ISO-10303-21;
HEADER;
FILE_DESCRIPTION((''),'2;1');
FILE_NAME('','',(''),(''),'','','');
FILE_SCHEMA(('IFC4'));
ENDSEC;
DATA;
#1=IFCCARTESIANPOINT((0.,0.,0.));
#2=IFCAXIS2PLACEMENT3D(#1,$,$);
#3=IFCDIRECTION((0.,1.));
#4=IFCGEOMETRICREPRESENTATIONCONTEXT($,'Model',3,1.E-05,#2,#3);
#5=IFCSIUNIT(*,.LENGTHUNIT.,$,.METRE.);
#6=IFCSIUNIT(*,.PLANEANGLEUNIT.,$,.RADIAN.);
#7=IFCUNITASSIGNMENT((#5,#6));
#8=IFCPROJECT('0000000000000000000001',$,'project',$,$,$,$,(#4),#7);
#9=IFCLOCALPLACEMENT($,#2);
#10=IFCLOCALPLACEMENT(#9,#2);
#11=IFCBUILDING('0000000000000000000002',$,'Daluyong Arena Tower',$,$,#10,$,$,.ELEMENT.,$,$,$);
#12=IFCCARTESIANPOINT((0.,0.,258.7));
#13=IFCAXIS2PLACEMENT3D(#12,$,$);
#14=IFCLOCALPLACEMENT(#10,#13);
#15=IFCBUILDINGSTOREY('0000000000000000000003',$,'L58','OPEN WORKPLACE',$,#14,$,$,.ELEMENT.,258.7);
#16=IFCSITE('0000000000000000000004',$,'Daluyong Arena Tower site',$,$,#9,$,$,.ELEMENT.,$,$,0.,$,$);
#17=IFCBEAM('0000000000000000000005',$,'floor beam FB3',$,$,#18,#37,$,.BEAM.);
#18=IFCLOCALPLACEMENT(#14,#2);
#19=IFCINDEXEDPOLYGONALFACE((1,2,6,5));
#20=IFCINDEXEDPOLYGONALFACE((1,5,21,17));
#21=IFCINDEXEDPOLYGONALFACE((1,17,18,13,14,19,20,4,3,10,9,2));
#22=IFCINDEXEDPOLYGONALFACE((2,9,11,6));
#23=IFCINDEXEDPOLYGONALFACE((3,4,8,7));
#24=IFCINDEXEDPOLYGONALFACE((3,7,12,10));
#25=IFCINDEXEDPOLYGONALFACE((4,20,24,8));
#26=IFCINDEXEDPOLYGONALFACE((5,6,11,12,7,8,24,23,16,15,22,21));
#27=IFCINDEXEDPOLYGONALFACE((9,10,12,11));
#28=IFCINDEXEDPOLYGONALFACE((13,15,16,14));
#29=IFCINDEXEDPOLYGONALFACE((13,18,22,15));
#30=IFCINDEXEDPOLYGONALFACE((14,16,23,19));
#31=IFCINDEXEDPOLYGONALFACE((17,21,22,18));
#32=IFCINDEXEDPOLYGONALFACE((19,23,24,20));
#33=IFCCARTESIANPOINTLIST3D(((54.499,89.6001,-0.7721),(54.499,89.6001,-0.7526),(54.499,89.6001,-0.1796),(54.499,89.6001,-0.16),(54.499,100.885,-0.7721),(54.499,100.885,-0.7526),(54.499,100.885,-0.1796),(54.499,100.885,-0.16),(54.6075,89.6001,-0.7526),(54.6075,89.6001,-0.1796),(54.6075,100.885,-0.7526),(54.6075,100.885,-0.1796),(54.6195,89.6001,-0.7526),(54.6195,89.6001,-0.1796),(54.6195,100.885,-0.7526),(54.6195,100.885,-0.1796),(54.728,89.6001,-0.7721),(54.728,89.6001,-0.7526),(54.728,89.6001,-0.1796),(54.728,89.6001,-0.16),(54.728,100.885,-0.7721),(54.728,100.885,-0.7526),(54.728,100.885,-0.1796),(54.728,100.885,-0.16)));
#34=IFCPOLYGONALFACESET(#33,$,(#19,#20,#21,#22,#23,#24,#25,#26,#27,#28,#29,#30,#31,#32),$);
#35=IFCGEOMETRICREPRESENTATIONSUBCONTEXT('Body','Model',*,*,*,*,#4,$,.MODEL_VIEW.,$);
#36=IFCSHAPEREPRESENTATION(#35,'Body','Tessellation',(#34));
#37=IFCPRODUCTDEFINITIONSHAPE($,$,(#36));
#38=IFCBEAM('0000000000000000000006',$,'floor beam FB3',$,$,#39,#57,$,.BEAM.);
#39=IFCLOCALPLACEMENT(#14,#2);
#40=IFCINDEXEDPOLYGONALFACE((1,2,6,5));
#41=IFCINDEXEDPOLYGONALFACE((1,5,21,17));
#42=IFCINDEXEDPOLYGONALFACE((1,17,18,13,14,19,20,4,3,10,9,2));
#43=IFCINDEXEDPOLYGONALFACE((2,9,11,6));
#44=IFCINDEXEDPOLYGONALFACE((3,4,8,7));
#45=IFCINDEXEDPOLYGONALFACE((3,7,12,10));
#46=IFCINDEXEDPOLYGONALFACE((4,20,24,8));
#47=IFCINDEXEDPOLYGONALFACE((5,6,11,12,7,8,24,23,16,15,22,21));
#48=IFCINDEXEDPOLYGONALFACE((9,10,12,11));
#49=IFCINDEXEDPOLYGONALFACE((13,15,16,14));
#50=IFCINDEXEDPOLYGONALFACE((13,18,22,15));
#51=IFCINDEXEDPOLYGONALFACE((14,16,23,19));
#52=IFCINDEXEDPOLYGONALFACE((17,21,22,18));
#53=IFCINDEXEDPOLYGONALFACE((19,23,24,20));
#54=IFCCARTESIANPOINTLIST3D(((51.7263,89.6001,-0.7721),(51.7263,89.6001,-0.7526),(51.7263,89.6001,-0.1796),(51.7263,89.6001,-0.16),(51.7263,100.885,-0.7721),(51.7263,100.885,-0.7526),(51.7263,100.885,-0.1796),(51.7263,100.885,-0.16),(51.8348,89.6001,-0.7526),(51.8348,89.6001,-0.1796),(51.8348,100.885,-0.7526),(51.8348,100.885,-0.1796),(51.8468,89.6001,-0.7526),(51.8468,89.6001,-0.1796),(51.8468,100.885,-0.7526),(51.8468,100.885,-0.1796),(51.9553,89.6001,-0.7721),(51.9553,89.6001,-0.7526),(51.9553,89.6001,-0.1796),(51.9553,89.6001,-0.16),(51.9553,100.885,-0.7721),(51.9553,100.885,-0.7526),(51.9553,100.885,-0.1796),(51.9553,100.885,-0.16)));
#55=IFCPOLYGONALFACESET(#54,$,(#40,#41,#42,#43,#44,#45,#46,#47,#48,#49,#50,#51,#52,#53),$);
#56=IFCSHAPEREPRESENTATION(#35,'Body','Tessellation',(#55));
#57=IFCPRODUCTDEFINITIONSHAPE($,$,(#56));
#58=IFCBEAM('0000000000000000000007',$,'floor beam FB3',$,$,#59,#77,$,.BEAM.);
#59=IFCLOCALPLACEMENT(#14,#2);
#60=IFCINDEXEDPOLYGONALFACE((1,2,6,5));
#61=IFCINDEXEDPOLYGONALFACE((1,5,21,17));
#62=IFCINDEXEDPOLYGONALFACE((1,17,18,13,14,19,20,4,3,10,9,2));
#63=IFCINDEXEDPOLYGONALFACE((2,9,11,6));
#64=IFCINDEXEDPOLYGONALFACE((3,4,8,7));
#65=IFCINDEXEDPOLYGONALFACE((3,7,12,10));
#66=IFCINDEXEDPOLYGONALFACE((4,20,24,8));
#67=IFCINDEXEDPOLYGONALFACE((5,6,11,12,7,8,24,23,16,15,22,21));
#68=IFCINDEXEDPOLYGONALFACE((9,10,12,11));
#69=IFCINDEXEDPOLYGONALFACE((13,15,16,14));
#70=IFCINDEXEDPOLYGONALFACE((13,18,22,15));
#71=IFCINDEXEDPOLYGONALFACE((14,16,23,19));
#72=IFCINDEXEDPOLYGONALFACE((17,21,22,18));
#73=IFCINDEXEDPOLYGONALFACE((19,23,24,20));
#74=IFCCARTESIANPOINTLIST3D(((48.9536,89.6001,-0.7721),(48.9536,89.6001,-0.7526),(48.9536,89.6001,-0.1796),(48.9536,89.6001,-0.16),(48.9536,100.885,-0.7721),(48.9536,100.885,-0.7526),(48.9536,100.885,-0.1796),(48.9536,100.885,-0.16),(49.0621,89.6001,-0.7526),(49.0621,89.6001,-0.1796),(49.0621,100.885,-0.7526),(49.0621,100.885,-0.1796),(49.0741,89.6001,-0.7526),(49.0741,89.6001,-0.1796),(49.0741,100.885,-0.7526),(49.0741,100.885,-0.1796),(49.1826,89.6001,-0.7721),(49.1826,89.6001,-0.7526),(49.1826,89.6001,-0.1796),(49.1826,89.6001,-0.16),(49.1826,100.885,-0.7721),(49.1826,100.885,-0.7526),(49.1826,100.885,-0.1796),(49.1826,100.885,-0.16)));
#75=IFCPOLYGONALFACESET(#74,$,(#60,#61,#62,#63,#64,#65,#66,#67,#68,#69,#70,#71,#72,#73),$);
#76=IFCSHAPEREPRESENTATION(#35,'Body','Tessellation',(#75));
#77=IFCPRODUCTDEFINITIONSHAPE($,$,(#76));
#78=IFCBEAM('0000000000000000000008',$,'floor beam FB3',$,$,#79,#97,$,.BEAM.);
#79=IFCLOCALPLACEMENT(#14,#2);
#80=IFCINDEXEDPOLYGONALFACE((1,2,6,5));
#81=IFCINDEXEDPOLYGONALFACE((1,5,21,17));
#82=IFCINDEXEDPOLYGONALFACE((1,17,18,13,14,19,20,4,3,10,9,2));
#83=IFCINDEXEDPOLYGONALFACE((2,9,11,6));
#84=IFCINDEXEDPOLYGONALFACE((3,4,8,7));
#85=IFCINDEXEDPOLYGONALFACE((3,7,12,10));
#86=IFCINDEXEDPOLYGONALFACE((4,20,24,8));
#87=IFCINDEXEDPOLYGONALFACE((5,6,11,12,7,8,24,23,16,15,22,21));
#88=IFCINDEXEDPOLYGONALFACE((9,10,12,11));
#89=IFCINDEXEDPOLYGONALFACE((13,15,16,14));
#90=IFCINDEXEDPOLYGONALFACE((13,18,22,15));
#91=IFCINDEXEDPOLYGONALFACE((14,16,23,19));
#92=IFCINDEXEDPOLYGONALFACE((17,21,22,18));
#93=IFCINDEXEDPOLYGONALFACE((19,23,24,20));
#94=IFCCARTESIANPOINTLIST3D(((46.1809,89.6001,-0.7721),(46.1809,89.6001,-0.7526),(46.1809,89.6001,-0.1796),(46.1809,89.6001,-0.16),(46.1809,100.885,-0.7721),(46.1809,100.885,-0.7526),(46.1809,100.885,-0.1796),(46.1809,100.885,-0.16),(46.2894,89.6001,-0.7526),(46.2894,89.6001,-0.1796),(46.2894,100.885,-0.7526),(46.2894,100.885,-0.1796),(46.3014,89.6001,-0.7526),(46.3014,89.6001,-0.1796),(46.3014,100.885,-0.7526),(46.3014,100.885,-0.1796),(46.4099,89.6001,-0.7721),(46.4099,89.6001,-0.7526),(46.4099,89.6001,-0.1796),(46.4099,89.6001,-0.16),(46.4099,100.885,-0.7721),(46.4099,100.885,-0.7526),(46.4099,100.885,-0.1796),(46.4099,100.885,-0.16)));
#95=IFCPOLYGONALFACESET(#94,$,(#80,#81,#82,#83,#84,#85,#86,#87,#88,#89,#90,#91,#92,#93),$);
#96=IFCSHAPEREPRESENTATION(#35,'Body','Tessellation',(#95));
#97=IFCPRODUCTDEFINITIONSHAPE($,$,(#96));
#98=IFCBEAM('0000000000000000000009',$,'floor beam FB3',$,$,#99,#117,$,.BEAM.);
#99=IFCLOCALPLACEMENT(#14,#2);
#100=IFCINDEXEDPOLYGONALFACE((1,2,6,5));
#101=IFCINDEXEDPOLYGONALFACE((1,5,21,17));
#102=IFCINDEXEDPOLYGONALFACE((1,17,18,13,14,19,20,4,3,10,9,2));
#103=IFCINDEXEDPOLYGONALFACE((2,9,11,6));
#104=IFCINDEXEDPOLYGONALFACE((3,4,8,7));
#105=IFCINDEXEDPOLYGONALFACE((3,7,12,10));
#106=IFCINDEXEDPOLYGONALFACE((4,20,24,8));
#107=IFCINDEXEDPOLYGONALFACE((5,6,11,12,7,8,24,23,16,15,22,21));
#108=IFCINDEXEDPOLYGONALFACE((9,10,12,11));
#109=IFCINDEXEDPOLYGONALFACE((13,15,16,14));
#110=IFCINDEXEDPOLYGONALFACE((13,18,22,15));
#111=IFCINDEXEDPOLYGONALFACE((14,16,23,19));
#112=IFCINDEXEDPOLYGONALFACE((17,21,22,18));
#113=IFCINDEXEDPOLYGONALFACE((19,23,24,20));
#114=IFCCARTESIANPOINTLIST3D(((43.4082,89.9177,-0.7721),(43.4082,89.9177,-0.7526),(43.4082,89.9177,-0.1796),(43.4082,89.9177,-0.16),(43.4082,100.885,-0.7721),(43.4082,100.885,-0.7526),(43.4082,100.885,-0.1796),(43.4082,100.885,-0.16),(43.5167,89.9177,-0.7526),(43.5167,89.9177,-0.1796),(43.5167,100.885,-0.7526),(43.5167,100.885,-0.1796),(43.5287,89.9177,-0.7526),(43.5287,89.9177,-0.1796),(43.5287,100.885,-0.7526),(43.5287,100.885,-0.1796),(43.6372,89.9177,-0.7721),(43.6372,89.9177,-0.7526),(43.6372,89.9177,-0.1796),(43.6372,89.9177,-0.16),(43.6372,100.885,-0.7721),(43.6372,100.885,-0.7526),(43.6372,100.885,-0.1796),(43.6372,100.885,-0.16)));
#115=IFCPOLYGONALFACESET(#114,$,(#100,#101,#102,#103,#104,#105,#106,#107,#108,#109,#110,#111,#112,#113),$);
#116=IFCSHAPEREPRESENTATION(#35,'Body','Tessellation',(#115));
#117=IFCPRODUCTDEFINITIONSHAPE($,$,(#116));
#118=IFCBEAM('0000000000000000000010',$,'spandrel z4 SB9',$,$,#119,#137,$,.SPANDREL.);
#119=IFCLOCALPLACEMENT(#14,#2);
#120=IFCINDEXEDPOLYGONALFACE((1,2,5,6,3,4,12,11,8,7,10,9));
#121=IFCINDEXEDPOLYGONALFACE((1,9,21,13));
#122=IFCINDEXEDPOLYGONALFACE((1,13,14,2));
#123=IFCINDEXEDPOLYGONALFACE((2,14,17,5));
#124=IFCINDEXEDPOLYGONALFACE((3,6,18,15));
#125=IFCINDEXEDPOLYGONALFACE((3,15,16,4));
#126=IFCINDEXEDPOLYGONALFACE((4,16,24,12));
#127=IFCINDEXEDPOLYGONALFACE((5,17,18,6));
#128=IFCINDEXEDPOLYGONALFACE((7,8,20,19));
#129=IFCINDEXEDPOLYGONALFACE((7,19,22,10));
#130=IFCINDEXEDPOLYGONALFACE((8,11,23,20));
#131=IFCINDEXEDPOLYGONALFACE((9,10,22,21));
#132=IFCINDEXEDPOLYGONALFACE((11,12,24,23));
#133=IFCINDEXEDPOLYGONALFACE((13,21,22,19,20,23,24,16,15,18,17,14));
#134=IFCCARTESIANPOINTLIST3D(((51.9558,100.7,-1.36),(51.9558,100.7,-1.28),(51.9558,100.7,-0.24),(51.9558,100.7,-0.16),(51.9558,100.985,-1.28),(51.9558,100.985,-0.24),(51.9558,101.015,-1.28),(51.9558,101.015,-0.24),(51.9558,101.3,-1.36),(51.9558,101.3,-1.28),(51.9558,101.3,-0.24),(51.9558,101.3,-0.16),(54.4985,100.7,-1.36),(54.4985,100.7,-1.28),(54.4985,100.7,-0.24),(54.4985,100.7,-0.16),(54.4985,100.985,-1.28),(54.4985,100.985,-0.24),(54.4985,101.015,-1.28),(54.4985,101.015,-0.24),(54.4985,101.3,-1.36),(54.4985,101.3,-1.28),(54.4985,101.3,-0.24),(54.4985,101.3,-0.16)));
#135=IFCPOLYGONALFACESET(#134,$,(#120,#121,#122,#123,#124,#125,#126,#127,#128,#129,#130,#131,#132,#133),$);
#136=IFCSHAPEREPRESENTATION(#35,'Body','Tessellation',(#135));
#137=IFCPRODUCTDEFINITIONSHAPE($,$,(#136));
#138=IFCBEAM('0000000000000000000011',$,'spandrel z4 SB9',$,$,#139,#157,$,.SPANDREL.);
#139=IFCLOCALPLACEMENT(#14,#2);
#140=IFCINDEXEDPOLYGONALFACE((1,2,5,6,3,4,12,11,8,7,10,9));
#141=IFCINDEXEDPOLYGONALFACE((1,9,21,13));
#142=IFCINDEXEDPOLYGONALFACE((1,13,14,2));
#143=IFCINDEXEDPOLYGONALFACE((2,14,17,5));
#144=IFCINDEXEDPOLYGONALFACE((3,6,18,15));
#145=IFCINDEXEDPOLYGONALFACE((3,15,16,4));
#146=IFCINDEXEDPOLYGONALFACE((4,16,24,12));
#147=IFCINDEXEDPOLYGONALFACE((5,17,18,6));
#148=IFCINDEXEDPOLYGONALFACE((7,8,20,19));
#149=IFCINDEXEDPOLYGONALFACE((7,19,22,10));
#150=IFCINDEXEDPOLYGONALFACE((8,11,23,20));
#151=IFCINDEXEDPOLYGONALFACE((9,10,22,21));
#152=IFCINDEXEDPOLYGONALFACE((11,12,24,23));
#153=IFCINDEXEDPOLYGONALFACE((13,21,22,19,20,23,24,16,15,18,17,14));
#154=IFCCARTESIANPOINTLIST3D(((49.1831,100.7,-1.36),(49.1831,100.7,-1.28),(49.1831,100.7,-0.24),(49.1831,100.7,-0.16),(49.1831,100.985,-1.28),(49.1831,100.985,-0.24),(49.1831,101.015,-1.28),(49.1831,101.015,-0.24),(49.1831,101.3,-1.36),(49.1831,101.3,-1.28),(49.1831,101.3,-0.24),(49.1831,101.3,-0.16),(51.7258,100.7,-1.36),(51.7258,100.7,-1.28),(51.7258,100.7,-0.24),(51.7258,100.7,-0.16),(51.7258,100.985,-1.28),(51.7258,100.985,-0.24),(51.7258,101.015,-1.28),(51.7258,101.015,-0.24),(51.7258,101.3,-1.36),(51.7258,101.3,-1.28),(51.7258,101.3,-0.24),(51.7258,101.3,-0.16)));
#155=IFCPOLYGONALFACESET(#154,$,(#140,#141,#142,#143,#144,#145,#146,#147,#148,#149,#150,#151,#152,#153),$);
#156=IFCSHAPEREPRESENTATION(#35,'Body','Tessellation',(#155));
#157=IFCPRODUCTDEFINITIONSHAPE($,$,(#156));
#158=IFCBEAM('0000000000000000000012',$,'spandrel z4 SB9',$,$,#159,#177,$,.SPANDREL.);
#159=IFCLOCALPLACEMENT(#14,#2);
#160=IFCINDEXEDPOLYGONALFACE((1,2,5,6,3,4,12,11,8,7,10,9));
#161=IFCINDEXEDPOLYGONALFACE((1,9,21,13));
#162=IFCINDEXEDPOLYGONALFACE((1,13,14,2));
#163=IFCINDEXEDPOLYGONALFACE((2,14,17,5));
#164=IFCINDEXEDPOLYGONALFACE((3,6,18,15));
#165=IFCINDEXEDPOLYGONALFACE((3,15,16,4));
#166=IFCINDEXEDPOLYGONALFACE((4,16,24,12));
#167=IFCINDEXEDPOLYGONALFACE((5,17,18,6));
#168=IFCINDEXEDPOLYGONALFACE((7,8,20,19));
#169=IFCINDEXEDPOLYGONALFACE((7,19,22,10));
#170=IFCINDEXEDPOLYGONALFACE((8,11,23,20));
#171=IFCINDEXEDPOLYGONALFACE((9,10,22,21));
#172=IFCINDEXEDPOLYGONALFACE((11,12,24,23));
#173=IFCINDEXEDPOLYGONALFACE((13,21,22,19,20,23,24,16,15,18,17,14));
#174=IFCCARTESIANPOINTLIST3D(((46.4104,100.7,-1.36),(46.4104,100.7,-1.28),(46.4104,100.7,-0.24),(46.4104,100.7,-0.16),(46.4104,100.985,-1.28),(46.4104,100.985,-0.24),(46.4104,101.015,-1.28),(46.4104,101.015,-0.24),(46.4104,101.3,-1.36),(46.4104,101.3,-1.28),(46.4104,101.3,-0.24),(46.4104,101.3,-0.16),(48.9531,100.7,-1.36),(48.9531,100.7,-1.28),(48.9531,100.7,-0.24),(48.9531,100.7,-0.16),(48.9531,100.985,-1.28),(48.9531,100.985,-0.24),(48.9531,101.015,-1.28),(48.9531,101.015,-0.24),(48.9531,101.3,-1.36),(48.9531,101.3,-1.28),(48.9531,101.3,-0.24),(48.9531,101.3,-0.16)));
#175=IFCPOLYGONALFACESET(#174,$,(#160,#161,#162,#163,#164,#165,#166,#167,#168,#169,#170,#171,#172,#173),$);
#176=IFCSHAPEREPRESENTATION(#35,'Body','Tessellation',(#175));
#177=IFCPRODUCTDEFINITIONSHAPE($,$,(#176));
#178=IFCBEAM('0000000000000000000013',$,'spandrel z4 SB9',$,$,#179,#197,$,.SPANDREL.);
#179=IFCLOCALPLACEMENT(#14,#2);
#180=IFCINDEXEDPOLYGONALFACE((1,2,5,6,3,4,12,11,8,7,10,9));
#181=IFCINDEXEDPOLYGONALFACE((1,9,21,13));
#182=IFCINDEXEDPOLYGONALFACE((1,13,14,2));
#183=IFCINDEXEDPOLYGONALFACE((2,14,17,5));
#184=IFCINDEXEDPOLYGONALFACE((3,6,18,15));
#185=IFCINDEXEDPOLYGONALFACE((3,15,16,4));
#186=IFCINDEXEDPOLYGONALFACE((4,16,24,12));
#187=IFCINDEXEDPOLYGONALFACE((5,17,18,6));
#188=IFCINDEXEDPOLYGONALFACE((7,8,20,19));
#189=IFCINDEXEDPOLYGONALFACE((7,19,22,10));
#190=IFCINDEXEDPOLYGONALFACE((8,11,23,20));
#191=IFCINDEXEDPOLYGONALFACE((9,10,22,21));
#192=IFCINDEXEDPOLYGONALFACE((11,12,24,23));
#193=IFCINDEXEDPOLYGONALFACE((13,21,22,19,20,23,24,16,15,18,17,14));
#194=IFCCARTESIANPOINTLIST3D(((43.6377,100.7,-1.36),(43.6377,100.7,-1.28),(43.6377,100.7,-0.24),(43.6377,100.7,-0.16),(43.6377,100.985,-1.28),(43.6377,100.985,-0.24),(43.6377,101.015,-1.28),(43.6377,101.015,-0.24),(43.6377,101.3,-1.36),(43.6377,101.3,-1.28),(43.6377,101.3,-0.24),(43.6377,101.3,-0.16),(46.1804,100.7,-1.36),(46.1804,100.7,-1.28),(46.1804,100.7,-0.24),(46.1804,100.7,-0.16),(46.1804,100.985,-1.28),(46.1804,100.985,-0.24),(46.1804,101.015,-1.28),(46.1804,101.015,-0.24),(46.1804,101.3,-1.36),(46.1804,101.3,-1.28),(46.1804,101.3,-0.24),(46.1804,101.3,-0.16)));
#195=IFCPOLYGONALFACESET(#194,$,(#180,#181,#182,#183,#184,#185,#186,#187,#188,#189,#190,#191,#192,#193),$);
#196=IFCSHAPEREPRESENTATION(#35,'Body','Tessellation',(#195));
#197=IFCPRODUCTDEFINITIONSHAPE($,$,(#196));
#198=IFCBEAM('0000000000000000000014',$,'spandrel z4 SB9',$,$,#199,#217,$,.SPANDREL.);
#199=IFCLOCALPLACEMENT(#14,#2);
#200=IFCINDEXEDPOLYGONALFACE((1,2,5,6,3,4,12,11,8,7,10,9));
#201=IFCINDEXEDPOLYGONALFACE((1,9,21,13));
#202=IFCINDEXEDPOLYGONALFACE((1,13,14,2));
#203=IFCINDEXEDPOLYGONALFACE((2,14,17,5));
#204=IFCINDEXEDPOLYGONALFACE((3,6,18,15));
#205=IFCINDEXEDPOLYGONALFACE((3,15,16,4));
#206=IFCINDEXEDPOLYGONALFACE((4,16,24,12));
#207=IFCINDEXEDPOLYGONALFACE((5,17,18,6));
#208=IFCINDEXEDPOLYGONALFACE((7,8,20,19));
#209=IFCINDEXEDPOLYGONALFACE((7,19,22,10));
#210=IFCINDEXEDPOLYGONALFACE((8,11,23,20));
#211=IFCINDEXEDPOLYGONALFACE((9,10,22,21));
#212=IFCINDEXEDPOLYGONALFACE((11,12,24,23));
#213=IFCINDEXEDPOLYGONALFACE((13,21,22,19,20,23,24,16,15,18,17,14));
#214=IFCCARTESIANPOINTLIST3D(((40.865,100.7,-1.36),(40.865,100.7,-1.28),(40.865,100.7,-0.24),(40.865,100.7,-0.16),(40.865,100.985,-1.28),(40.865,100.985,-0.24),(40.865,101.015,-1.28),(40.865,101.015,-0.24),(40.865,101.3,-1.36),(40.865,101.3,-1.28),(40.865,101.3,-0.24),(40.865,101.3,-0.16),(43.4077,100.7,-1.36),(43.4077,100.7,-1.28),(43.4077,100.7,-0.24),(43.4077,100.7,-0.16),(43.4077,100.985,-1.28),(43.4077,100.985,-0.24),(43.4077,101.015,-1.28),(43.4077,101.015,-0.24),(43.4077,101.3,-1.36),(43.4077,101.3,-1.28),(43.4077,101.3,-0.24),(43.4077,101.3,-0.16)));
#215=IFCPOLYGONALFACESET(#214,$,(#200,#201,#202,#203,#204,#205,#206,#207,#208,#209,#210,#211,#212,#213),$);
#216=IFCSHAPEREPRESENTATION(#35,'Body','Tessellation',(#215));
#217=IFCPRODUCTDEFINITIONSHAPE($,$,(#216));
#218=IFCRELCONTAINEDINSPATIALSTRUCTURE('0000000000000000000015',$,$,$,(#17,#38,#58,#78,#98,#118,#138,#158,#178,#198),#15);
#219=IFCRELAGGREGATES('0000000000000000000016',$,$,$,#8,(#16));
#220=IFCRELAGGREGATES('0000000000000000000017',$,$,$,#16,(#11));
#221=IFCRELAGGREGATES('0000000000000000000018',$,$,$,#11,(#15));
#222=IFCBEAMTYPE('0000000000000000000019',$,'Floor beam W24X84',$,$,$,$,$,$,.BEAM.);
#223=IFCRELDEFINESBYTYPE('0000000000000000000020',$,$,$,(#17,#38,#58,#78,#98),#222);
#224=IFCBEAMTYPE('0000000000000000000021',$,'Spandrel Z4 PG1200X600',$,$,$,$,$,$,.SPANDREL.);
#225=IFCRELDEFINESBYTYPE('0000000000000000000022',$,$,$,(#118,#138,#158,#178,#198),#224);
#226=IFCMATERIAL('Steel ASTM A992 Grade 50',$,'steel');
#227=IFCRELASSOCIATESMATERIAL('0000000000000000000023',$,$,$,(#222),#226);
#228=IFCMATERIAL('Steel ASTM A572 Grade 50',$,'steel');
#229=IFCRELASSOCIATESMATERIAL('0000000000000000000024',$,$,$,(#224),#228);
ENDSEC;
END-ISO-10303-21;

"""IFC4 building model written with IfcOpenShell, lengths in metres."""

from ifc_helpers import new_model, si_unit, direction, frame, origin, origin_2d, place, context, subcontext, project, spatial, i_section, extrude, material, material_profile, profile_set, type_object, element, save


model = new_model("IFC4")

# Units and contexts
model_context = context("Model", 3, precision=1e-05, world=origin(), true_north=direction((0.0, 1.0)))
body_context = subcontext(model_context, "Body", "Model", "MODEL_VIEW")
ifc_project = project(units=[si_unit("LENGTHUNIT", "METRE"), si_unit("PLANEANGLEUNIT", "RADIAN")], contexts=[model_context])

# Site, building, storey
site_placement = place(None, origin())
site = spatial("IfcSite", under=ifc_project, at=site_placement, Name="Daluyong Arena Tower site", CompositionType="ELEMENT", RefElevation=0.0)
building_placement = place(site_placement, origin())
building = spatial("IfcBuilding", under=site, at=building_placement, Name="Daluyong Arena Tower", CompositionType="ELEMENT")
storey_placement = place(building_placement, frame((0.0, 0.0, 258.7)))
storey = spatial("IfcBuildingStorey", under=building, at=storey_placement, Name="L58", Description="OPEN WORKPLACE", CompositionType="ELEMENT", Elevation=258.7)

# Beams
ifc_material_1 = material(Name="Steel ASTM A992 Grade 50", Category="steel")
ifc_material_profile_1 = material_profile(ifc_material_1, i_section(OverallWidth=0.229, OverallDepth=0.6121, WebThickness=0.012, FlangeThickness=0.0195, at=origin_2d()))
ifc_profile_set_1 = profile_set([ifc_material_profile_1], Name="Steel ASTM A992 Grade 50")
beam_type_1 = type_object("IfcBeamType", Name="Floor beam W24X84", PredefinedType="BEAM", material=ifc_profile_set_1)
for number, where, z_axis, x_axis, name in (
    (1, (54.6135, 100.885, -0.4661), (0.0, -1.0, 0.0), (1.0, 0.0, 0.0), "floor beam FB3"),
    (2, (51.8408, 100.885, -0.4661), (0.0, -1.0, 0.0), (1.0, 0.0, 0.0), "floor beam FB3"),
    (3, (49.0681, 100.885, -0.4661), (0.0, -1.0, 0.0), (1.0, 0.0, 0.0), "floor beam FB3"),
    (4, (46.2954, 100.885, -0.4661), (0.0, -1.0, 0.0), (1.0, 0.0, 0.0), "floor beam FB3"),
):
    element("IfcBeam", number, at=place(storey_placement, frame(where, z_axis=z_axis, x_axis=x_axis)), inside=storey, type_object=beam_type_1, Name=name, PredefinedType="BEAM", context=body_context, shape_type="SweptSolid", body=[
        extrude(i_section(OverallWidth=0.229, OverallDepth=0.6121, WebThickness=0.012, FlangeThickness=0.0195, at=origin_2d()), origin(), (0.0, 0.0, 1.0), 11.2849),
    ])
beam_placement = place(storey_placement, frame((43.5227, 100.885, -0.4661), z_axis=(0.0, -1.0, 0.0), x_axis=(1.0, 0.0, 0.0)))
element("IfcBeam", 5, at=beam_placement, inside=storey, type_object=beam_type_1, Name="floor beam FB3", PredefinedType="BEAM", context=body_context, shape_type="SweptSolid", body=[
    extrude(i_section(OverallWidth=0.229, OverallDepth=0.6121, WebThickness=0.012, FlangeThickness=0.0195, at=origin_2d()), origin(), (0.0, 0.0, 1.0), 10.9673),
])
ifc_material_2 = material(Name="Steel ASTM A572 Grade 50", Category="steel")
ifc_material_profile_2 = material_profile(ifc_material_2, i_section(OverallWidth=0.6001, OverallDepth=1.2, WebThickness=0.03, FlangeThickness=0.08, at=origin_2d()))
ifc_profile_set_2 = profile_set([ifc_material_profile_2], Name="Steel ASTM A572 Grade 50")
beam_type_2 = type_object("IfcBeamType", Name="Spandrel Z4 PG1200X600", PredefinedType="SPANDREL", material=ifc_profile_set_2)
for number, where, z_axis, x_axis, name in (
    (6, (54.4985, 101.0, -0.76), (-1.0, 0.0, 0.0), (0.0, -1.0, 0.0), "spandrel z4 SB9"),
    (7, (51.7258, 101.0, -0.76), (-1.0, 0.0, 0.0), (0.0, -1.0, 0.0), "spandrel z4 SB9"),
    (8, (48.9531, 101.0, -0.76), (-1.0, 0.0, 0.0), (0.0, -1.0, 0.0), "spandrel z4 SB9"),
    (9, (46.1804, 101.0, -0.76), (-1.0, 0.0, 0.0), (0.0, -1.0, 0.0), "spandrel z4 SB9"),
    (10, (43.4077, 101.0, -0.76), (-1.0, 0.0, 0.0), (0.0, -1.0, 0.0), "spandrel z4 SB9"),
):
    element("IfcBeam", number, at=place(storey_placement, frame(where, z_axis=z_axis, x_axis=x_axis)), inside=storey, type_object=beam_type_2, Name=name, PredefinedType="SPANDREL", context=body_context, shape_type="SweptSolid", body=[
        extrude(i_section(OverallWidth=0.6001, OverallDepth=1.2, WebThickness=0.03, FlangeThickness=0.08, at=origin_2d()), origin(), (0.0, 0.0, 1.0), 2.5427),
    ])

save(model, "model.ifc")
